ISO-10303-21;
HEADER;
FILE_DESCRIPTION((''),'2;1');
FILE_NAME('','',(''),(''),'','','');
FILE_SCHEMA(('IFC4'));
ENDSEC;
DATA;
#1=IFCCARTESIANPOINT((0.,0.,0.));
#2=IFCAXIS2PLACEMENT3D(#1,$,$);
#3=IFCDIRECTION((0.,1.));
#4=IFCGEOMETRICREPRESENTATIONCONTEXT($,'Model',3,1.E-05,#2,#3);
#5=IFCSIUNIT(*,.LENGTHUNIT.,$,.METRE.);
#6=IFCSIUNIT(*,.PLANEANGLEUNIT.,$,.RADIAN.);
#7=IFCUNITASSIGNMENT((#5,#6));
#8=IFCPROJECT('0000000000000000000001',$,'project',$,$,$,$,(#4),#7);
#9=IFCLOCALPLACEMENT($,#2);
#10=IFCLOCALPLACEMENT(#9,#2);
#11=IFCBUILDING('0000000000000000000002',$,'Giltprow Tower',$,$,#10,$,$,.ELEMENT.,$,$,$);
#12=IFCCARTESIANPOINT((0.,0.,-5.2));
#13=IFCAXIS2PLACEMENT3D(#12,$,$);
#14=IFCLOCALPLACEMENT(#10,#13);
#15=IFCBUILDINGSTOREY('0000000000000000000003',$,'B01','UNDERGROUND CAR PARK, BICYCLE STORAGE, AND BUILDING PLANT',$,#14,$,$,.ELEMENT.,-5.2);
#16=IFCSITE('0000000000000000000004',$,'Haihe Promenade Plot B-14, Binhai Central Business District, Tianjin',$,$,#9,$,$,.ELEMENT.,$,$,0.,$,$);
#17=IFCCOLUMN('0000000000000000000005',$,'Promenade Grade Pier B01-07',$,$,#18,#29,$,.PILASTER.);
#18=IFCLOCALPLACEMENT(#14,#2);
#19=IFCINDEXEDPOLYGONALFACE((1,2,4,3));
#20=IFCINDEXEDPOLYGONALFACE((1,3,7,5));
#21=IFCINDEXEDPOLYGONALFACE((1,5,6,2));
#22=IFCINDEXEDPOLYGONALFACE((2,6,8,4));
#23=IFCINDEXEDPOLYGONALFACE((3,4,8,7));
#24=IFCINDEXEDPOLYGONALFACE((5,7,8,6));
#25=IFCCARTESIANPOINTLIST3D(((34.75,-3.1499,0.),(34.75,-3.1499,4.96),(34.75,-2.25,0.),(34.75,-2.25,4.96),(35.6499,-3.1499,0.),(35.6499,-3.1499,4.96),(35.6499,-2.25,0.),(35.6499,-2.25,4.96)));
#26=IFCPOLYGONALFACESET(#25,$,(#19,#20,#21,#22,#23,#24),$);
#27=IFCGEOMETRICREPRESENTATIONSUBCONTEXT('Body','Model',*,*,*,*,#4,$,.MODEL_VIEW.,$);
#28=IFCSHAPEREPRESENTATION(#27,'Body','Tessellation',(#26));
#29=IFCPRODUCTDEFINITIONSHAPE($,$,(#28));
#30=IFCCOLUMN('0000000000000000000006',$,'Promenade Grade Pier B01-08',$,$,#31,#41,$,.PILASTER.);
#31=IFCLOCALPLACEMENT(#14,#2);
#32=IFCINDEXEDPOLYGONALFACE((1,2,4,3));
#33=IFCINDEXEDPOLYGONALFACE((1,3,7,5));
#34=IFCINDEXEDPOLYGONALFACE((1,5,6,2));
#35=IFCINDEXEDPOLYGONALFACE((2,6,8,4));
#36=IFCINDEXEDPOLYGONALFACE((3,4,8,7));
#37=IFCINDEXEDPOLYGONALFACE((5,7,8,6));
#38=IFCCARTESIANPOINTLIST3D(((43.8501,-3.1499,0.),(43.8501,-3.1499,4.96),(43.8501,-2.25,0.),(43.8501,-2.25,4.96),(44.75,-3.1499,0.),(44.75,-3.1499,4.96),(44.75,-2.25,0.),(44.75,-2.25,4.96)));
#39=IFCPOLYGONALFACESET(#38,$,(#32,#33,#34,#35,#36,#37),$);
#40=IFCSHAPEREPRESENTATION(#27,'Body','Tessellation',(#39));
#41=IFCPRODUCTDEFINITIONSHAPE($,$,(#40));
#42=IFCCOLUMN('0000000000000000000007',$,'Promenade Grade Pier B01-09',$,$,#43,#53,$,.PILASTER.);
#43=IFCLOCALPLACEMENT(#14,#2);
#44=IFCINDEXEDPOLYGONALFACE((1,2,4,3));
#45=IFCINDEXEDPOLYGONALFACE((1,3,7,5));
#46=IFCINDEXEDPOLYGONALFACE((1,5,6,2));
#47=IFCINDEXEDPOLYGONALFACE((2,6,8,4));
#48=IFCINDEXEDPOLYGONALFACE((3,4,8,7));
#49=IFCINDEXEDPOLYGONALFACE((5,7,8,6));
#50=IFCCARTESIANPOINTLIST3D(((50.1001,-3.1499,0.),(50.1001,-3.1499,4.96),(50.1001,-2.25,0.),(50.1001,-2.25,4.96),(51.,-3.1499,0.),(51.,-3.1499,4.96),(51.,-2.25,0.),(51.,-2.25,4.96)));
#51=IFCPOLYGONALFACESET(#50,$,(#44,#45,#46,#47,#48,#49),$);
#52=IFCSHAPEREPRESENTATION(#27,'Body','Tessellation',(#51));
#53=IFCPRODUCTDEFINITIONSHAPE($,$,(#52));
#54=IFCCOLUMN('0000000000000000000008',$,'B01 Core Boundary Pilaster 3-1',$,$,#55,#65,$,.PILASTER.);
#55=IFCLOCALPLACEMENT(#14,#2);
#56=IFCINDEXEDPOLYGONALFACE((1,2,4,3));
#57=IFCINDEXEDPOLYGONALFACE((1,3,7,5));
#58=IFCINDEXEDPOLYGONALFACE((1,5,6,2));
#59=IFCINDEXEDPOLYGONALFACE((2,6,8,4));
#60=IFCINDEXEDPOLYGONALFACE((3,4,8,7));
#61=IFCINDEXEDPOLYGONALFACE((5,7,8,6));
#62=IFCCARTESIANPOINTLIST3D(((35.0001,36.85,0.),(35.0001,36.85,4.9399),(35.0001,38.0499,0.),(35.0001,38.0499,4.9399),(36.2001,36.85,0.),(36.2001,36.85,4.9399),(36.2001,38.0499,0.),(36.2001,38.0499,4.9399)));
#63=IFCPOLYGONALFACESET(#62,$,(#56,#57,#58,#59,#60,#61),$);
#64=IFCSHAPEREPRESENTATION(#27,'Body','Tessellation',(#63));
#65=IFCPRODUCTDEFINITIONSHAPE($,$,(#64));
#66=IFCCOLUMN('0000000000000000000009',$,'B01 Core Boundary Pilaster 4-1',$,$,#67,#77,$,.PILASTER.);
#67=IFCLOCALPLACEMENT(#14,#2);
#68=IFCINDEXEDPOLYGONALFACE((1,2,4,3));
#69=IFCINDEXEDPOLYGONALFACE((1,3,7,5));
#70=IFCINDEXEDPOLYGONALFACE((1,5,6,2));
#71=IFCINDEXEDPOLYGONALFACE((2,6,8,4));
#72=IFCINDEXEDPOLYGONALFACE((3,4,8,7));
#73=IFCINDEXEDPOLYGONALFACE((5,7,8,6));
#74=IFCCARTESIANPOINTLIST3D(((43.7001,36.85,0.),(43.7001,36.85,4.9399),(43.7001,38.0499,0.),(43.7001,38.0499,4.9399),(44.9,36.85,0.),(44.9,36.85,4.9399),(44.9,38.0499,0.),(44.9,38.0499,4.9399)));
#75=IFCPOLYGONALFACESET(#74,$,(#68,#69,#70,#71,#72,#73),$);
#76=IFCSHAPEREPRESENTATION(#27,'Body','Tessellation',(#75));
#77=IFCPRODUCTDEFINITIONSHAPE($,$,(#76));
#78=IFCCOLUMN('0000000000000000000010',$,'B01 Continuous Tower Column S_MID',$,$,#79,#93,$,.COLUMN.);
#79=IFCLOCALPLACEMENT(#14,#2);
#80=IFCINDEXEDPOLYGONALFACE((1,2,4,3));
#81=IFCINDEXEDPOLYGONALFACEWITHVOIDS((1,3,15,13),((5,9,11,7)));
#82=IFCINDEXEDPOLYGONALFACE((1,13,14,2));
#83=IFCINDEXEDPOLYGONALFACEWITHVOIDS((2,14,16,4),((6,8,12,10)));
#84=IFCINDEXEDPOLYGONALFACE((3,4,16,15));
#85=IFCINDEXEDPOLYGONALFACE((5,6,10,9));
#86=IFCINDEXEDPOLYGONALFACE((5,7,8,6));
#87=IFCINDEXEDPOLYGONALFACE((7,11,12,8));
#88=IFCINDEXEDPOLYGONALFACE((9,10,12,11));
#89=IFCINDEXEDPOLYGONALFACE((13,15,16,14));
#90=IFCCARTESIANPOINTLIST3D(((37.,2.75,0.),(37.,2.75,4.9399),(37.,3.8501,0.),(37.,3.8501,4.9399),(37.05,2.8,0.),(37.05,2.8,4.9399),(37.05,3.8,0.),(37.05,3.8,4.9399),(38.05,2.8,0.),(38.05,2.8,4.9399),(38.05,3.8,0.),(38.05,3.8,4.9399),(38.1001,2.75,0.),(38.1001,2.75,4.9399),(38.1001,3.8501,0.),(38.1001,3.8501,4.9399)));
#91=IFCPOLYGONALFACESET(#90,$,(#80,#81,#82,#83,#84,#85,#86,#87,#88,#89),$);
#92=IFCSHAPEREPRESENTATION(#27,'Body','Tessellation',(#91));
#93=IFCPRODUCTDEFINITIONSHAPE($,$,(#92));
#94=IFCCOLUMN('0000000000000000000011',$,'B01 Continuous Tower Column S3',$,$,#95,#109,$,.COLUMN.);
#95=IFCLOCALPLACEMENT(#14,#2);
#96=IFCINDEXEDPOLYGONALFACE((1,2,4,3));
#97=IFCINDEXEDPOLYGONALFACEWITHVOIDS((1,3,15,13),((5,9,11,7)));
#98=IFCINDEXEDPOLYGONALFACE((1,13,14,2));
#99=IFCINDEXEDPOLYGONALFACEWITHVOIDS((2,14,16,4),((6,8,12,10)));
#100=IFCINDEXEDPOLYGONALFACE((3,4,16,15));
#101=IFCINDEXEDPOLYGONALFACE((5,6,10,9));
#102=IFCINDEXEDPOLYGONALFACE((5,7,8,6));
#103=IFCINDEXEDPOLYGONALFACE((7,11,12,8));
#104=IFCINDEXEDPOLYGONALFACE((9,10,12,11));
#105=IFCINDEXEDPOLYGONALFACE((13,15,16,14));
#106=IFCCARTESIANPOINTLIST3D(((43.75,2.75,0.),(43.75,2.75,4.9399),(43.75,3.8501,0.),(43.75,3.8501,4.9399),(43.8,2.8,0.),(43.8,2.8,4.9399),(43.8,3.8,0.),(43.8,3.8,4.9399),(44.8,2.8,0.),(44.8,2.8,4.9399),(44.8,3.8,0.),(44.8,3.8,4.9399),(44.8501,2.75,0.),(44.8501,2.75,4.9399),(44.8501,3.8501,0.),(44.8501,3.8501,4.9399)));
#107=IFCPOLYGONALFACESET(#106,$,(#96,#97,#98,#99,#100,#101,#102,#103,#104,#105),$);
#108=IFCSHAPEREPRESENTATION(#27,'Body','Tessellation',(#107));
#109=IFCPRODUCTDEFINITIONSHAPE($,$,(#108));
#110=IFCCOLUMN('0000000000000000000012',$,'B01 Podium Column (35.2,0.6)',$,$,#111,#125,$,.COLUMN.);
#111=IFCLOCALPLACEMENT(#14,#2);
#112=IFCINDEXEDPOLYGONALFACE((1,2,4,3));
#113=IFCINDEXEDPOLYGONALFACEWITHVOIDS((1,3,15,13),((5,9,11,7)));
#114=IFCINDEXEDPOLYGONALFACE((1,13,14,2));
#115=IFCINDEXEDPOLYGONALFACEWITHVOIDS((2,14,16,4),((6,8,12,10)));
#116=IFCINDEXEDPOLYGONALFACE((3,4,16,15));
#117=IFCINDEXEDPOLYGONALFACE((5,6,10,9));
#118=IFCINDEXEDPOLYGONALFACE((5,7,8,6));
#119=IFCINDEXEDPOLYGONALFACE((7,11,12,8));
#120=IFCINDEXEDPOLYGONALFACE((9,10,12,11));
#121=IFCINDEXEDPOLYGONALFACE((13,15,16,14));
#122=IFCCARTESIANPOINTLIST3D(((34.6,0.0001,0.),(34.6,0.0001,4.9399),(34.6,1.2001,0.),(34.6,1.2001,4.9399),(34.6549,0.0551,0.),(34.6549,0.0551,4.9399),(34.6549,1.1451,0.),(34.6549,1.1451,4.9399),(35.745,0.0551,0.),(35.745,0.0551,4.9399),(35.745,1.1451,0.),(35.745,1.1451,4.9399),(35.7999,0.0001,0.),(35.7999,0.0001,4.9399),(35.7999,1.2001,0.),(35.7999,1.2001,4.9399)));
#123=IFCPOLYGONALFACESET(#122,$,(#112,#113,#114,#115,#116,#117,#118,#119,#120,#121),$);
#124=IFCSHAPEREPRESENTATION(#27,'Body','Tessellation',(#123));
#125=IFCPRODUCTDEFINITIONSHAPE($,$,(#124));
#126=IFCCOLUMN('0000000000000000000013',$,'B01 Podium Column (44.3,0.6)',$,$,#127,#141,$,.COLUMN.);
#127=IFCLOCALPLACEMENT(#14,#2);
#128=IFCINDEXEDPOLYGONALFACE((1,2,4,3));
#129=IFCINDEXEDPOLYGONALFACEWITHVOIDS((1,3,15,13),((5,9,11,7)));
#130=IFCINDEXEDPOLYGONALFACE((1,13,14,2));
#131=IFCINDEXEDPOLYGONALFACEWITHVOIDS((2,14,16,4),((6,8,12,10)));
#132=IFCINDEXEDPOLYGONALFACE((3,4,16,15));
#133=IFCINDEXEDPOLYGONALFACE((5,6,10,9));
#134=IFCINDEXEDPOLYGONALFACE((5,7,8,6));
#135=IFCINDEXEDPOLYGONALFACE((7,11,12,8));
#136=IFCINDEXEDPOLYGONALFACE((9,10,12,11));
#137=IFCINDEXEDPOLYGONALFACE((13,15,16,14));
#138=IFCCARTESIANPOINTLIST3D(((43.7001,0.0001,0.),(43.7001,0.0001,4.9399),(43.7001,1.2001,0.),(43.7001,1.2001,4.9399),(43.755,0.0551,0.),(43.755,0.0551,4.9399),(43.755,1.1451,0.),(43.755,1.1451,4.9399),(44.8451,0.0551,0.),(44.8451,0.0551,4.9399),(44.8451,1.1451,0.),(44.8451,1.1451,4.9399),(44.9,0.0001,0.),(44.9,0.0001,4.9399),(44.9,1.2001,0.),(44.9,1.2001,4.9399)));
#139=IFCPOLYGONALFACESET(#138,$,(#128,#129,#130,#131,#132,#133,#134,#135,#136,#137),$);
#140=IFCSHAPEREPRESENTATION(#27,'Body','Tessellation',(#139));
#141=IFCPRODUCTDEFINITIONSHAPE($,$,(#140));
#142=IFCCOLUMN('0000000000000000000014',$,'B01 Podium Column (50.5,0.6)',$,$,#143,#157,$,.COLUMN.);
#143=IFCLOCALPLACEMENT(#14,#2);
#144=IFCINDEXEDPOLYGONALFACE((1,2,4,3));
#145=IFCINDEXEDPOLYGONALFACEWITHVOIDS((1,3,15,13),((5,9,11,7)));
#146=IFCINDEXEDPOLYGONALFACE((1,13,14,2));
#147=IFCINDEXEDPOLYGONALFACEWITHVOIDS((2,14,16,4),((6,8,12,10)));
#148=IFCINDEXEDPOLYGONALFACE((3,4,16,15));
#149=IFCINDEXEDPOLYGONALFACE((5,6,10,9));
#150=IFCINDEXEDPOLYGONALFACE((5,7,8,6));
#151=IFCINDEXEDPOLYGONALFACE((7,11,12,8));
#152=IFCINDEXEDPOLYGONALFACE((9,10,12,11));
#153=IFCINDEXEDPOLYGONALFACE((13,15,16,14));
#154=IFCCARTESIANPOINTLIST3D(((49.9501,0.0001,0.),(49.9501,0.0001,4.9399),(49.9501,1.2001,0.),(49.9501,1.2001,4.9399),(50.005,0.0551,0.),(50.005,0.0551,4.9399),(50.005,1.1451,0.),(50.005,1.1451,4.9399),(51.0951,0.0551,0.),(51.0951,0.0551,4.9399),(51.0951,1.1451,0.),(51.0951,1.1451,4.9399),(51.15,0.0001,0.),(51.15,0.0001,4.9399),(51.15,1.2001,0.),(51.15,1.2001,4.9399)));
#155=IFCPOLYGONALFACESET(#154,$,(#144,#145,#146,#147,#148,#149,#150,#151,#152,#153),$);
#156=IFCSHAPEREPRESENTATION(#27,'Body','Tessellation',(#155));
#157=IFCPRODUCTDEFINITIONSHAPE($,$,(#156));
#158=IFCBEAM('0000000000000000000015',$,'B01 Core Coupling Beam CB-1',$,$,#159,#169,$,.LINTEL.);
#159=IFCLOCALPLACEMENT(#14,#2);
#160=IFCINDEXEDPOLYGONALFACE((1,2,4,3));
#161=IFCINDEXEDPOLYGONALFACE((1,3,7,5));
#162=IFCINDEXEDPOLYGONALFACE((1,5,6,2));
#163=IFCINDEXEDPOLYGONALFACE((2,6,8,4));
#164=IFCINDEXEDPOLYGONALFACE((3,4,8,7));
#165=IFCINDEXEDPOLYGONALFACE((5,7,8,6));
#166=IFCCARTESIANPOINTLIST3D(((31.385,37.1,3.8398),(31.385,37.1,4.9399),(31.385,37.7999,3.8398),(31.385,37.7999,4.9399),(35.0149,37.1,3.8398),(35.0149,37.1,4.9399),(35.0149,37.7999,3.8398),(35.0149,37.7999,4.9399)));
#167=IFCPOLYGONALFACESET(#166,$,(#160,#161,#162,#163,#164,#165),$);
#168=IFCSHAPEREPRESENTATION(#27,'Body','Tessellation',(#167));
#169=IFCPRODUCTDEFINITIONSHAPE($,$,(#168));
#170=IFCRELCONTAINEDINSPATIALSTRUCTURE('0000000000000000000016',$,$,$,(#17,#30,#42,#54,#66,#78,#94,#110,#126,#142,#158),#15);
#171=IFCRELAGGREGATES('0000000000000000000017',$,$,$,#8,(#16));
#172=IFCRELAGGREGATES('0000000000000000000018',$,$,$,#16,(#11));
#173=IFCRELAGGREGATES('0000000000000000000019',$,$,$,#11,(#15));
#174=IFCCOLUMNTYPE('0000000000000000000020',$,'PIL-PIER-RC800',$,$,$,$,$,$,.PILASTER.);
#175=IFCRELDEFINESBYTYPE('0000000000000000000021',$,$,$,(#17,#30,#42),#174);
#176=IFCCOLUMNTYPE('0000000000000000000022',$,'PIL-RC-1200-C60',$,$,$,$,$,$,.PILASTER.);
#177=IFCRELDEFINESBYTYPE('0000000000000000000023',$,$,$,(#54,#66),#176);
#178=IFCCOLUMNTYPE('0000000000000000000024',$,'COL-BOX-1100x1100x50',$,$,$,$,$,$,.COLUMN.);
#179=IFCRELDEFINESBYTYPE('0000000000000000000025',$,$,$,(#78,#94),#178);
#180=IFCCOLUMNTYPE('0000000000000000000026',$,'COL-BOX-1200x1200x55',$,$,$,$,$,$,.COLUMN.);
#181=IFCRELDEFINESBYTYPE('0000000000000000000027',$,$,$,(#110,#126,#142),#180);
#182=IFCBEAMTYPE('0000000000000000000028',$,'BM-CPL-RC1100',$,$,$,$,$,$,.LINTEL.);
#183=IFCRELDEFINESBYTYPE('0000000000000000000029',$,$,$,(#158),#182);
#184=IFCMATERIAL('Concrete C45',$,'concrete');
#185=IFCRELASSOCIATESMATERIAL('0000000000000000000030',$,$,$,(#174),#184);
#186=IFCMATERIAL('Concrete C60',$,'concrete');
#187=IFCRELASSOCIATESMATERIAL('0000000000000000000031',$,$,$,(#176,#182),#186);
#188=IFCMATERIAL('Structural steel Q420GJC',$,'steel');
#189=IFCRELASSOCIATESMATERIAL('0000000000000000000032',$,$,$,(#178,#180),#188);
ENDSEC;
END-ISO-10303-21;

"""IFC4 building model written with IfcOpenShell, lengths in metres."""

from ifc_helpers import new_model, si_unit, direction, frame, origin, origin_2d, place, context, subcontext, project, spatial, rectangle, hollow_rectangle, extrude, source, transform, mapped, material, material_profile, profile_set, type_object, element, save


model = new_model("IFC4")

# Units and contexts
model_context = context("Model", 3, precision=1e-05, world=origin(), true_north=direction((0.0, 1.0)))
body_context = subcontext(model_context, "Body", "Model", "MODEL_VIEW")
ifc_project = project(units=[si_unit("LENGTHUNIT", "METRE"), si_unit("PLANEANGLEUNIT", "RADIAN")], contexts=[model_context])

# Site, building, storey
site_placement = place(None, origin())
site = spatial("IfcSite", under=ifc_project, at=site_placement, Name="Haihe Promenade Plot B-14, Binhai Central Business District, Tianjin", CompositionType="ELEMENT", RefElevation=0.0)
building_placement = place(site_placement, origin())
building = spatial("IfcBuilding", under=site, at=building_placement, Name="Giltprow Tower", CompositionType="ELEMENT")
storey_placement = place(building_placement, frame((0.0, 0.0, -5.2)))
storey = spatial("IfcBuildingStorey", under=building, at=storey_placement, Name="B01", Description="UNDERGROUND CAR PARK, BICYCLE STORAGE, AND BUILDING PLANT", CompositionType="ELEMENT", Elevation=-5.2)

# Columns
ifc_material_1 = material(Name="Concrete C45", Category="concrete")
ifc_material_profile_1 = material_profile(ifc_material_1, rectangle(XDim=0.8999, YDim=0.8999, at=origin_2d()), Name="RC 900x900")
ifc_profile_set_1 = profile_set([ifc_material_profile_1], Name="Concrete C45")
column_type_1 = type_object("IfcColumnType", Name="PIL-PIER-RC800", PredefinedType="PILASTER", material=ifc_profile_set_1)
shared_shape_1 = source(origin(), body_context, "Body", "SweptSolid", [
    extrude(rectangle(XDim=0.8999, YDim=0.8999, at=origin_2d()), origin(), (0.0, 0.0, 1.0), 4.96),
])
for number, where, z_axis, x_axis, name in (
    (1, (35.2, -2.7, 0.0), (0.0, 0.0, 1.0), (1.0, 0.0, 0.0), "Promenade Grade Pier B01-07"),
    (2, (44.3, -2.7, 0.0), (0.0, 0.0, 1.0), (1.0, 0.0, 0.0), "Promenade Grade Pier B01-08"),
    (3, (50.55, -2.7, 0.0), (0.0, 0.0, 1.0), (1.0, 0.0, 0.0), "Promenade Grade Pier B01-09"),
):
    element("IfcColumn", number, at=place(storey_placement, frame(where, z_axis=z_axis, x_axis=x_axis)), inside=storey, type_object=column_type_1, Name=name, PredefinedType="PILASTER", context=body_context, shape_type="MappedRepresentation", body=[
        mapped(shared_shape_1, transform((0.0, 0.0, 0.0), x_axis=(1.0, 0.0, 0.0), y_axis=(0.0, 1.0, 0.0), z_axis=(0.0, 0.0, 1.0), scale=1.0)),
    ])
ifc_material_2 = material(Name="Concrete C60", Category="concrete")
ifc_material_profile_2 = material_profile(ifc_material_2, rectangle(XDim=1.2, YDim=1.2, at=origin_2d()), Name="RC 1200x1200")
ifc_profile_set_2 = profile_set([ifc_material_profile_2], Name="Concrete C60")
column_type_2 = type_object("IfcColumnType", Name="PIL-RC-1200-C60", PredefinedType="PILASTER", material=ifc_profile_set_2)
shared_shape_2 = source(origin(), body_context, "Body", "SweptSolid", [
    extrude(rectangle(XDim=1.2, YDim=1.2, at=origin_2d()), origin(), (0.0, 0.0, 1.0), 4.9399),
])
for number, where, z_axis, x_axis, name in (
    (4, (35.6001, 37.45, 0.0), (0.0, 0.0, 1.0), (1.0, 0.0, 0.0), "B01 Core Boundary Pilaster 3-1"),
    (5, (44.3, 37.45, 0.0), (0.0, 0.0, 1.0), (1.0, 0.0, 0.0), "B01 Core Boundary Pilaster 4-1"),
):
    element("IfcColumn", number, at=place(storey_placement, frame(where, z_axis=z_axis, x_axis=x_axis)), inside=storey, type_object=column_type_2, Name=name, PredefinedType="PILASTER", context=body_context, shape_type="MappedRepresentation", body=[
        mapped(shared_shape_2, transform((0.0, 0.0, 0.0), x_axis=(1.0, 0.0, 0.0), y_axis=(0.0, 1.0, 0.0), z_axis=(0.0, 0.0, 1.0), scale=1.0)),
    ])
ifc_material_3 = material(Name="Structural steel Q420GJC", Category="steel")
ifc_material_profile_3 = material_profile(ifc_material_3, hollow_rectangle(XDim=1.1001, YDim=1.1001, WallThickness=0.05, at=origin_2d()), Name="BOX 1100x1100x50")
ifc_profile_set_3 = profile_set([ifc_material_profile_3], Name="Structural steel Q420GJC")
column_type_3 = type_object("IfcColumnType", Name="COL-BOX-1100x1100x50", PredefinedType="COLUMN", material=ifc_profile_set_3)
shared_shape_3 = source(origin(), body_context, "Body", "SweptSolid", [
    extrude(hollow_rectangle(XDim=1.1001, YDim=1.1001, WallThickness=0.05, at=origin_2d()), origin(), (0.0, 0.0, 1.0), 4.9399),
])
for number, where, z_axis, x_axis, name in (
    (6, (37.55, 3.3, 0.0), (0.0, 0.0, 1.0), (1.0, 0.0, 0.0), "B01 Continuous Tower Column S_MID"),
    (7, (44.3, 3.3, 0.0), (0.0, 0.0, 1.0), (1.0, 0.0, 0.0), "B01 Continuous Tower Column S3"),
):
    element("IfcColumn", number, at=place(storey_placement, frame(where, z_axis=z_axis, x_axis=x_axis)), inside=storey, type_object=column_type_3, Name=name, PredefinedType="COLUMN", context=body_context, shape_type="MappedRepresentation", body=[
        mapped(shared_shape_3, transform((0.0, 0.0, 0.0), x_axis=(1.0, 0.0, 0.0), y_axis=(0.0, 1.0, 0.0), z_axis=(0.0, 0.0, 1.0), scale=1.0)),
    ])
ifc_material_profile_4 = material_profile(ifc_material_3, hollow_rectangle(XDim=1.2, YDim=1.2, WallThickness=0.0549, at=origin_2d()), Name="BOX 1200x1200x55")
ifc_profile_set_4 = profile_set([ifc_material_profile_4], Name="Structural steel Q420GJC")
column_type_4 = type_object("IfcColumnType", Name="COL-BOX-1200x1200x55", PredefinedType="COLUMN", material=ifc_profile_set_4)
shared_shape_4 = source(origin(), body_context, "Body", "SweptSolid", [
    extrude(hollow_rectangle(XDim=1.2, YDim=1.2, WallThickness=0.0549, at=origin_2d()), origin(), (0.0, 0.0, 1.0), 4.9399),
])
for number, where, z_axis, x_axis, name in (
    (8, (35.2, 0.6001, 0.0), (0.0, 0.0, 1.0), (1.0, 0.0, 0.0), "B01 Podium Column (35.2,0.6)"),
    (9, (44.3, 0.6001, 0.0), (0.0, 0.0, 1.0), (1.0, 0.0, 0.0), "B01 Podium Column (44.3,0.6)"),
    (10, (50.55, 0.6001, 0.0), (0.0, 0.0, 1.0), (1.0, 0.0, 0.0), "B01 Podium Column (50.5,0.6)"),
):
    element("IfcColumn", number, at=place(storey_placement, frame(where, z_axis=z_axis, x_axis=x_axis)), inside=storey, type_object=column_type_4, Name=name, PredefinedType="COLUMN", context=body_context, shape_type="MappedRepresentation", body=[
        mapped(shared_shape_4, transform((0.0, 0.0, 0.0), x_axis=(1.0, 0.0, 0.0), y_axis=(0.0, 1.0, 0.0), z_axis=(0.0, 0.0, 1.0), scale=1.0)),
    ])

# Beam
ifc_material_profile_5 = material_profile(ifc_material_2, rectangle(XDim=0.7, YDim=1.1001, at=origin_2d()), Name="RC 1100x700")
ifc_profile_set_5 = profile_set([ifc_material_profile_5], Name="Concrete C60")
beam_type_1 = type_object("IfcBeamType", Name="BM-CPL-RC1100", PredefinedType="LINTEL", material=ifc_profile_set_5)
shared_shape_5 = source(origin(), body_context, "Body", "SweptSolid", [
    extrude(rectangle(XDim=0.7, YDim=1.1001, at=origin_2d()), origin(), (0.0, 0.0, 1.0), 3.6299),
])
beam_1_placement = place(storey_placement, frame((31.385, 37.45, 4.3899), z_axis=(1.0, 0.0, 0.0), x_axis=(0.0, 1.0, 0.0)))
element("IfcBeam", 11, at=beam_1_placement, inside=storey, type_object=beam_type_1, Name="B01 Core Coupling Beam CB-1", PredefinedType="LINTEL", context=body_context, shape_type="MappedRepresentation", body=[
    mapped(shared_shape_5, transform((0.0, 0.0, 0.0), x_axis=(1.0, 0.0, 0.0), y_axis=(0.0, 1.0, 0.0), z_axis=(0.0, 0.0, 1.0), scale=1.0)),
])

save(model, "model.ifc")
